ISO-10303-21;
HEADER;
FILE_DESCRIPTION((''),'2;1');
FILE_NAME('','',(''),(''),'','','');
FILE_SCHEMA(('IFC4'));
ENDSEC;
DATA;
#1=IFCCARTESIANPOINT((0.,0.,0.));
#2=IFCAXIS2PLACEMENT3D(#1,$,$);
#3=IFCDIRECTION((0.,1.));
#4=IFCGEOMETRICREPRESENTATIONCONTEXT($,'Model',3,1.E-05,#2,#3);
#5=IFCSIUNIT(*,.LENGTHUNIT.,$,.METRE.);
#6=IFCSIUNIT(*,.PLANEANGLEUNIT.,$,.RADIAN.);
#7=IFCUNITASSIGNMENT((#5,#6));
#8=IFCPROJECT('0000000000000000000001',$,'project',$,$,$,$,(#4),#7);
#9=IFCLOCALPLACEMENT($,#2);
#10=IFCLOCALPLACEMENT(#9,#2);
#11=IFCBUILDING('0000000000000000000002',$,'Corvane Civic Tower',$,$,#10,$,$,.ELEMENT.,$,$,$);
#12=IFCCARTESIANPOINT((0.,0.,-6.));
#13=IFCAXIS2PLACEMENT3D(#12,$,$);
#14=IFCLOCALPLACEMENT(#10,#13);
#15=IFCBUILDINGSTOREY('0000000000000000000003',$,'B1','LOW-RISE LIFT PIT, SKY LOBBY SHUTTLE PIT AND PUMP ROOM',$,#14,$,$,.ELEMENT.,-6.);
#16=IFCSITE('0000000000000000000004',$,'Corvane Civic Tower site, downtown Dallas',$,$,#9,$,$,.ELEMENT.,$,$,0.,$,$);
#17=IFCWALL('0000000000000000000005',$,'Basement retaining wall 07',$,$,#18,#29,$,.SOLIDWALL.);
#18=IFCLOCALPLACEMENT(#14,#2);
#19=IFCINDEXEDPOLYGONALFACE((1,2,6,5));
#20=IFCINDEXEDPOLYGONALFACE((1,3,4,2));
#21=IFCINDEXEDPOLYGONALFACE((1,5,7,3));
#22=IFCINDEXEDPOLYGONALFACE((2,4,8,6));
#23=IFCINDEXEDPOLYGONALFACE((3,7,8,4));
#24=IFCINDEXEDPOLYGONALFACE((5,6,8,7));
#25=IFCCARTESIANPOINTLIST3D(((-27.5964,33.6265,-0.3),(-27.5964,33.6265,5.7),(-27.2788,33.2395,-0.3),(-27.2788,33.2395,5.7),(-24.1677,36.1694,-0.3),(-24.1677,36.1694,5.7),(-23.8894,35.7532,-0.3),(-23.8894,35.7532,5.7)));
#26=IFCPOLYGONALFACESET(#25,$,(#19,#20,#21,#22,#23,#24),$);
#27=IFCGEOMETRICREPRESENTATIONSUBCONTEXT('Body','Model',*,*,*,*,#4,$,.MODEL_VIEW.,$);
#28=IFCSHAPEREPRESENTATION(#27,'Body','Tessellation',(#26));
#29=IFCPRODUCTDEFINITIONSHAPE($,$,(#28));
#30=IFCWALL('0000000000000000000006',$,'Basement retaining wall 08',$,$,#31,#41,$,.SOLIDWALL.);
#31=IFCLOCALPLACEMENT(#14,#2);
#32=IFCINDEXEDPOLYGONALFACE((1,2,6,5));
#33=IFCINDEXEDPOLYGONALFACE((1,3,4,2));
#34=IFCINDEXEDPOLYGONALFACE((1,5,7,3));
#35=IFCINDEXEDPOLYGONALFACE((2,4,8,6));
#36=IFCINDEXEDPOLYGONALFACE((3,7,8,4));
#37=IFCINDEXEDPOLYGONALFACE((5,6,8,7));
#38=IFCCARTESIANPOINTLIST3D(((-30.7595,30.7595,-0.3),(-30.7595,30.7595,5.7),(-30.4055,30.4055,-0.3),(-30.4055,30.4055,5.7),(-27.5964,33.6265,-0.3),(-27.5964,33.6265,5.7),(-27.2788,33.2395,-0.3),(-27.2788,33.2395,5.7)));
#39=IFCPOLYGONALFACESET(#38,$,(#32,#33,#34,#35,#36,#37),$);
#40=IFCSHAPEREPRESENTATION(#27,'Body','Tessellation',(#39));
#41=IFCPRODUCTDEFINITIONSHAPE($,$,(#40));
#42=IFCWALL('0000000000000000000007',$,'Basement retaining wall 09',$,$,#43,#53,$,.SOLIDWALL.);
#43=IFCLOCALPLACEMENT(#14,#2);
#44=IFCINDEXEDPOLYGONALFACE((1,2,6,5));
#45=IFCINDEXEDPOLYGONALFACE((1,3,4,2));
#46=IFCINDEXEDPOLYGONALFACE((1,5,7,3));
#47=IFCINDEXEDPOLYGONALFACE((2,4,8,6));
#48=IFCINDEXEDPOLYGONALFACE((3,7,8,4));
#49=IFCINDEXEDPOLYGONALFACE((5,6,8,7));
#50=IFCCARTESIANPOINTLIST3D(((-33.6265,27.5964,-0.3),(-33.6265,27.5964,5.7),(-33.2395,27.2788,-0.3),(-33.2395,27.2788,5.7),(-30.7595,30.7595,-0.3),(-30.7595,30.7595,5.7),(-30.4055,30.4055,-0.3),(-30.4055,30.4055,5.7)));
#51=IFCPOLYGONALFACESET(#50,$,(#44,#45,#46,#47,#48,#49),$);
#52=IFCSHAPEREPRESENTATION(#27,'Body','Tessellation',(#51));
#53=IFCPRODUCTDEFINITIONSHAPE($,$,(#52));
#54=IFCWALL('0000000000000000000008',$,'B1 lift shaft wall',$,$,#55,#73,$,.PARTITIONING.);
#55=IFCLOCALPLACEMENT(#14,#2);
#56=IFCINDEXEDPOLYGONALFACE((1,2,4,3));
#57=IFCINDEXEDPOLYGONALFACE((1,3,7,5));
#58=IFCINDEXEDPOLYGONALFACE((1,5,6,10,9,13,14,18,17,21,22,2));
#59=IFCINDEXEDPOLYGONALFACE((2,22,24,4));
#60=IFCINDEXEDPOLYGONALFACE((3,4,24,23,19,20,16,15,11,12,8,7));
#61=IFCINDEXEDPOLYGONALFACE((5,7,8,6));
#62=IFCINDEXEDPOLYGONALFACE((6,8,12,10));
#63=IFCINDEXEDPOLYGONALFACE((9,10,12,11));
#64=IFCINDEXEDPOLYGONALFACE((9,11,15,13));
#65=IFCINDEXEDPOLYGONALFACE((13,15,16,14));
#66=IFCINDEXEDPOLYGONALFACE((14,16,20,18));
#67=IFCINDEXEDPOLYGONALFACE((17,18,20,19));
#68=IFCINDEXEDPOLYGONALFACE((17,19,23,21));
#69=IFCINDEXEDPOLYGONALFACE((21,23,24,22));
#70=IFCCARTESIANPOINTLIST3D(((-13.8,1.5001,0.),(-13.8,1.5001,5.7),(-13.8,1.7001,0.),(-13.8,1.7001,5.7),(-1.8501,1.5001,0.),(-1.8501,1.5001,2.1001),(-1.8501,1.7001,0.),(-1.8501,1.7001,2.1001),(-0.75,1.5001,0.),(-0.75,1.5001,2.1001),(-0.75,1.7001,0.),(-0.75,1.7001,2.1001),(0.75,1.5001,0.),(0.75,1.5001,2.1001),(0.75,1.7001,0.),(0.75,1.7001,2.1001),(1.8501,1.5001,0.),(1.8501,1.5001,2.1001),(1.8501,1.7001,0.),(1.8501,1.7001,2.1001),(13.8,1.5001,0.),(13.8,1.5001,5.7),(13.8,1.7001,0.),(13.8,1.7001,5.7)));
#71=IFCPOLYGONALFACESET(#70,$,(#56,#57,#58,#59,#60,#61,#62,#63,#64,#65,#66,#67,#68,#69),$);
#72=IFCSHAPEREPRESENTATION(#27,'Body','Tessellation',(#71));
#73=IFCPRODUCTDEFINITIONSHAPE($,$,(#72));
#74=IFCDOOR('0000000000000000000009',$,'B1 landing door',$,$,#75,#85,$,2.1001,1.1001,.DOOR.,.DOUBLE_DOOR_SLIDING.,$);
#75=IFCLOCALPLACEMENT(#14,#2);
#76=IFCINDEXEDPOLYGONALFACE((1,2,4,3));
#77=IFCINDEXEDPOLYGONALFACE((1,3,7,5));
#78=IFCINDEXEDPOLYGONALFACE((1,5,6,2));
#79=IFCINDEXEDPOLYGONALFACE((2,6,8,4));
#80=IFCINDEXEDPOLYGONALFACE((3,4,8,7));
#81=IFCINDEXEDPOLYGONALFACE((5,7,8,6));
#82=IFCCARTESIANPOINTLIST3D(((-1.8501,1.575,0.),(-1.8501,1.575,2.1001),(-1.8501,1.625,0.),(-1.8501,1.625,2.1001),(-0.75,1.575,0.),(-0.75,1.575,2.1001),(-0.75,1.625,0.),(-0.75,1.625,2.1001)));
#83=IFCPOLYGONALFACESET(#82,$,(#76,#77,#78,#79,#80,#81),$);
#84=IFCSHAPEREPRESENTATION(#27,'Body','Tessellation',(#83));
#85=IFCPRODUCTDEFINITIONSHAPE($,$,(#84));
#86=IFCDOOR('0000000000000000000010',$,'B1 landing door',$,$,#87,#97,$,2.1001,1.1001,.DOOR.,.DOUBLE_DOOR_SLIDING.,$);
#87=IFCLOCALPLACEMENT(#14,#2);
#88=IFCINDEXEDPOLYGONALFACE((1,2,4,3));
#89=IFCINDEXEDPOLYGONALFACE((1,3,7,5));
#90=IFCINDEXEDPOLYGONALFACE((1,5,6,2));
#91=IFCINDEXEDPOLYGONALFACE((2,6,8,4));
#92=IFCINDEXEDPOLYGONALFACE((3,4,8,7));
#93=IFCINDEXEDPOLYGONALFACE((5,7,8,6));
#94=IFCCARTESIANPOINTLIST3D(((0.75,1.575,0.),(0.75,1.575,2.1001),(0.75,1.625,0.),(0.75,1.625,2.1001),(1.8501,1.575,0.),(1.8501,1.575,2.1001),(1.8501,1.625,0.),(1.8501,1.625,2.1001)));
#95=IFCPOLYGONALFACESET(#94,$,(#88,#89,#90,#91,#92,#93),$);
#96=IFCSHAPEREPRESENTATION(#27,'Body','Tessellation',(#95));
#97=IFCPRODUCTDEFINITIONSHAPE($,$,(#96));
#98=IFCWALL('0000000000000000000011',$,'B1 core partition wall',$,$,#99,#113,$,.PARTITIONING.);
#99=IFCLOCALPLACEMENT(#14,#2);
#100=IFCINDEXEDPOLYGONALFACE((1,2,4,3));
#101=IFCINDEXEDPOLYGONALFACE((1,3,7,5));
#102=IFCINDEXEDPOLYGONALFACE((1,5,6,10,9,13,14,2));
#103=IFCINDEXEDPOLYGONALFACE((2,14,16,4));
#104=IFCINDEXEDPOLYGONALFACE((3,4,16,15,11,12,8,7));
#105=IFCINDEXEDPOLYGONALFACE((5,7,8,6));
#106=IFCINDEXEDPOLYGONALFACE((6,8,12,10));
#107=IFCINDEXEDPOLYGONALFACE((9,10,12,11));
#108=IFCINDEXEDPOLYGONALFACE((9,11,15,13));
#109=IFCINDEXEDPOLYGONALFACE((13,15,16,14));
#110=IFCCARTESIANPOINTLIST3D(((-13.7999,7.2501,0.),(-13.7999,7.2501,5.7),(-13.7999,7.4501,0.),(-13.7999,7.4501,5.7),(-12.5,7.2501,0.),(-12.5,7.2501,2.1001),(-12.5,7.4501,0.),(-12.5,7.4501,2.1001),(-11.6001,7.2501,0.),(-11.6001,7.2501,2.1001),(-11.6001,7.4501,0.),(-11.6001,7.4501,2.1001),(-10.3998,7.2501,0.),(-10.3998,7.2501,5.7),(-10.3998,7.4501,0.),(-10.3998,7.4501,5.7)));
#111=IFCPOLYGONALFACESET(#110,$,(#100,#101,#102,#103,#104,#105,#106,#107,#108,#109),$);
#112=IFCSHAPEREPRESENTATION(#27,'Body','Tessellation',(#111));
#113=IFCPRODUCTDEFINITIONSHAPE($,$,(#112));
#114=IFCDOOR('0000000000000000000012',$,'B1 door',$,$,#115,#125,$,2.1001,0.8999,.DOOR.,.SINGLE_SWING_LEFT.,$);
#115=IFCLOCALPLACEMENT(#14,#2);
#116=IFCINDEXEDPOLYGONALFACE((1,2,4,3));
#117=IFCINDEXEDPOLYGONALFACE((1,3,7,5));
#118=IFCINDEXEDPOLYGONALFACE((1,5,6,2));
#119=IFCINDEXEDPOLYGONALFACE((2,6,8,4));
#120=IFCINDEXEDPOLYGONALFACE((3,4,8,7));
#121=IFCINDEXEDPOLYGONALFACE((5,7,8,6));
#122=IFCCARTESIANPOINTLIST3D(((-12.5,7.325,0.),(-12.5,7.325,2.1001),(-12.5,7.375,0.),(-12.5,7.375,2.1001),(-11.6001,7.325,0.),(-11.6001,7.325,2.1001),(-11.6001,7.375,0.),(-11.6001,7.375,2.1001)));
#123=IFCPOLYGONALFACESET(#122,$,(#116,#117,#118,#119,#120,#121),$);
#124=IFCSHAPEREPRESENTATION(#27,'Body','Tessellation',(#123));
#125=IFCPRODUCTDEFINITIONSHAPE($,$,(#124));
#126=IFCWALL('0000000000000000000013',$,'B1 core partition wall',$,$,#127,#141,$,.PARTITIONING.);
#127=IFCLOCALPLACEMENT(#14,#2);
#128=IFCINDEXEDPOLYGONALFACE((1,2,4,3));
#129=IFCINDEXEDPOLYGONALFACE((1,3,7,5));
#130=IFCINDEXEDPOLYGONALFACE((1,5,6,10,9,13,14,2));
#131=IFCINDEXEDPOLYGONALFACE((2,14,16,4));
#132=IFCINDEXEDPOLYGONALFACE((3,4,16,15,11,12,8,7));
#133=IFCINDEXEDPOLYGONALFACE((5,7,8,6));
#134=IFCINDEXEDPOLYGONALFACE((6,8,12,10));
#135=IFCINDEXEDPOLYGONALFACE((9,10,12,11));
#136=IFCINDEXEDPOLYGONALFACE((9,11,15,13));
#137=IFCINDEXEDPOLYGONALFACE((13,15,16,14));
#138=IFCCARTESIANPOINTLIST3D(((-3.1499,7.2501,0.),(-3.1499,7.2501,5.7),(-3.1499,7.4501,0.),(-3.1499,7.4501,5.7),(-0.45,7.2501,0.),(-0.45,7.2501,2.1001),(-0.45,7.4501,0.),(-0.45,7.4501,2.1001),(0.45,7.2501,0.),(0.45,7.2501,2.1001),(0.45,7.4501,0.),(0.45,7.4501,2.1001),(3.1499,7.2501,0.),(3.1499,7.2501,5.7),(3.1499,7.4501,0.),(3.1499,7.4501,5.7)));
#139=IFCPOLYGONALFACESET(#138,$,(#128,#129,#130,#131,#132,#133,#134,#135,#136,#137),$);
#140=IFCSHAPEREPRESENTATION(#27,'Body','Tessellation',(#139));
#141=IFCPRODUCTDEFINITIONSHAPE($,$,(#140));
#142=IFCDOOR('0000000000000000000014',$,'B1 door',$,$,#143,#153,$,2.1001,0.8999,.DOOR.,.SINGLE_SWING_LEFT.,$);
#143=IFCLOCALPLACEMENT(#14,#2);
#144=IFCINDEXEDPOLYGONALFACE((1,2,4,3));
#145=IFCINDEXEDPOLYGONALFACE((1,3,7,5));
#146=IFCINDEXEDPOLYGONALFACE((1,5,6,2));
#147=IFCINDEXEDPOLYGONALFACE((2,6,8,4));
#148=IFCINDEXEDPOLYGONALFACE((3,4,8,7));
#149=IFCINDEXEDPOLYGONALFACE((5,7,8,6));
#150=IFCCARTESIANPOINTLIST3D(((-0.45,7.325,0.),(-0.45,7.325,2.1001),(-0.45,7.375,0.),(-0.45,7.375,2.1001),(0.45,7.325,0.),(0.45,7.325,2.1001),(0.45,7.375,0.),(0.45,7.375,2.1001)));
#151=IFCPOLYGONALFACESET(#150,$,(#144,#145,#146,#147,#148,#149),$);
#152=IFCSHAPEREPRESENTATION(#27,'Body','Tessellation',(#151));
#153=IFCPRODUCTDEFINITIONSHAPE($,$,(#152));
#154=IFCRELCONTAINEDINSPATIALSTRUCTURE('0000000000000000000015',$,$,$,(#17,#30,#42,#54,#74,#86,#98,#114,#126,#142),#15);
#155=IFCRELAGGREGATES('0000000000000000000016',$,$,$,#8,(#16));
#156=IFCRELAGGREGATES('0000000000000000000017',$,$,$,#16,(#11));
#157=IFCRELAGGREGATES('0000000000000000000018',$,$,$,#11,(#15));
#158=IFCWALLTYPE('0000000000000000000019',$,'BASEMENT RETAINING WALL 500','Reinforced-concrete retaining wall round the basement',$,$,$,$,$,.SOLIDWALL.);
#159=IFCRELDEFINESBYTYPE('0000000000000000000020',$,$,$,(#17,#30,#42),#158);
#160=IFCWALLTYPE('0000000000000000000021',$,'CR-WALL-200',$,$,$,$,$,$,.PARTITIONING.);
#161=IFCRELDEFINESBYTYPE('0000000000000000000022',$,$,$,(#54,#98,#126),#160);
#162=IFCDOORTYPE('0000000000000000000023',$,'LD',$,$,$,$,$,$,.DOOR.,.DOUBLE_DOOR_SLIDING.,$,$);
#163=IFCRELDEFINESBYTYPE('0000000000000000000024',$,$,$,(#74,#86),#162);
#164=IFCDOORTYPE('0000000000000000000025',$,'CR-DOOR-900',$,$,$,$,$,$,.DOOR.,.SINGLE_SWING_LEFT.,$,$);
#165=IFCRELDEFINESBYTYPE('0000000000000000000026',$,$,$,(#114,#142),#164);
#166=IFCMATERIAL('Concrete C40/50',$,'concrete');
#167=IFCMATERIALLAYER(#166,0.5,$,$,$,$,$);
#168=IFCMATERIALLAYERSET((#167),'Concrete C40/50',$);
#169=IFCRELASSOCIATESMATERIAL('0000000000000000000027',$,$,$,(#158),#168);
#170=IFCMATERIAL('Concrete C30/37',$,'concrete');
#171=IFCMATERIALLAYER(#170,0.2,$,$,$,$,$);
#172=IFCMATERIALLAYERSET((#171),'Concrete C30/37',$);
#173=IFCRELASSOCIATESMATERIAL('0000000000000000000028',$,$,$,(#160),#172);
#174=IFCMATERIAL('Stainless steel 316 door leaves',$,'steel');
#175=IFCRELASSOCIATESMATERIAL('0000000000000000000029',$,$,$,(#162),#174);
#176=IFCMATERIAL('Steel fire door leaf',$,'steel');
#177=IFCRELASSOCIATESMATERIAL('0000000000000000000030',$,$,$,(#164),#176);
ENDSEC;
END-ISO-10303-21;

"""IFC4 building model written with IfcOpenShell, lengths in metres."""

from ifc_helpers import new_model, si_unit, direction, frame, frame_2d, origin, place, context, subcontext, project, spatial, polyline, rectangle, outline, extrude, material, layer, layer_set, type_object, element, fill, save


model = new_model("IFC4")

# Units and contexts
model_context = context("Model", 3, precision=1e-05, world=origin(), true_north=direction((0.0, 1.0)))
body_context = subcontext(model_context, "Body", "Model", "MODEL_VIEW")
ifc_project = project(units=[si_unit("LENGTHUNIT", "METRE"), si_unit("PLANEANGLEUNIT", "RADIAN")], contexts=[model_context])

# Site, building, storey
site_placement = place(None, origin())
site = spatial("IfcSite", under=ifc_project, at=site_placement, Name="Corvane Civic Tower site, downtown Dallas", CompositionType="ELEMENT", RefElevation=0.0)
building_placement = place(site_placement, origin())
building = spatial("IfcBuilding", under=site, at=building_placement, Name="Corvane Civic Tower", CompositionType="ELEMENT")
storey_placement = place(building_placement, frame((0.0, 0.0, -6.0)))
storey = spatial("IfcBuildingStorey", under=building, at=storey_placement, Name="B1", Description="LOW-RISE LIFT PIT, SKY LOBBY SHUTTLE PIT AND PUMP ROOM", CompositionType="ELEMENT", Elevation=-6.0)

# Walls
ifc_material_1 = material(Name="Concrete C40/50", Category="concrete")
ifc_layer_1 = layer(ifc_material_1, 0.5)
ifc_layer_set_1 = layer_set([ifc_layer_1], Name="Concrete C40/50")
wall_type_1 = type_object("IfcWallType", Name="BASEMENT RETAINING WALL 500", Description="Reinforced-concrete retaining wall round the basement", PredefinedType="SOLIDWALL", material=ifc_layer_set_1)
wall_1_placement = place(storey_placement, frame((0.0, 0.0, -0.3)))
element("IfcWall", 1, at=wall_1_placement, inside=storey, type_object=wall_type_1, Name="Basement retaining wall 07", PredefinedType="SOLIDWALL", context=body_context, shape_type="SweptSolid", body=[
    extrude(outline(polyline([(-23.8894, 35.7532), (-27.2788, 33.2395), (-27.5964, 33.6265), (-24.1677, 36.1694), (-23.8894, 35.7532)])), origin(), (0.0, 0.0, 1.0), 6.0),
])
wall_2_placement = place(storey_placement, frame((0.0, 0.0, -0.3)))
element("IfcWall", 2, at=wall_2_placement, inside=storey, type_object=wall_type_1, Name="Basement retaining wall 08", PredefinedType="SOLIDWALL", context=body_context, shape_type="SweptSolid", body=[
    extrude(outline(polyline([(-27.2788, 33.2395), (-30.4055, 30.4055), (-30.7595, 30.7595), (-27.5964, 33.6265), (-27.2788, 33.2395)])), origin(), (0.0, 0.0, 1.0), 6.0),
])
wall_3_placement = place(storey_placement, frame((0.0, 0.0, -0.3)))
element("IfcWall", 3, at=wall_3_placement, inside=storey, type_object=wall_type_1, Name="Basement retaining wall 09", PredefinedType="SOLIDWALL", context=body_context, shape_type="SweptSolid", body=[
    extrude(outline(polyline([(-30.4055, 30.4055), (-33.2395, 27.2788), (-33.6265, 27.5964), (-30.7595, 30.7595), (-30.4055, 30.4055)])), origin(), (0.0, 0.0, 1.0), 6.0),
])

# Wall, openings, doors
ifc_material_2 = material(Name="Concrete C30/37", Category="concrete")
ifc_layer_2 = layer(ifc_material_2, 0.2)
ifc_layer_set_2 = layer_set([ifc_layer_2], Name="Concrete C30/37")
wall_type_2 = type_object("IfcWallType", Name="CR-WALL-200", PredefinedType="PARTITIONING", material=ifc_layer_set_2)
wall_4_placement = place(storey_placement, frame((-13.8, 1.6001, 0.0), z_axis=(0.0, 0.0, 1.0), x_axis=(1.0, 0.0, 0.0)))
wall_4 = element("IfcWall", 4, at=wall_4_placement, inside=storey, type_object=wall_type_2, Name="B1 lift shaft wall", PredefinedType="PARTITIONING", context=body_context, shape_type="SweptSolid", body=[
    extrude(rectangle(XDim=27.6001, YDim=0.2, at=frame_2d((13.8, 0.0))), origin(), (0.0, 0.0, 1.0), 5.7),
])
opening_1_placement = place(wall_4_placement, frame((11.95, 0.0, 0.0)))
opening_1 = element("IfcOpeningElement", 5, at=opening_1_placement, cuts=wall_4, PredefinedType="OPENING", context=body_context, shape_type="SweptSolid", body=[
    extrude(rectangle(XDim=1.1001, YDim=2.1001, at=frame_2d((0.55, 1.05))), frame((0.0, 0.1099, 0.0), z_axis=(0.0, -1.0, 0.0), x_axis=(1.0, 0.0, 0.0)), (0.0, 0.0, 1.0), 0.22),
])
opening_2_placement = place(wall_4_placement, frame((14.55, 0.0, 0.0)))
opening_2 = element("IfcOpeningElement", 6, at=opening_2_placement, cuts=wall_4, PredefinedType="OPENING", context=body_context, shape_type="SweptSolid", body=[
    extrude(rectangle(XDim=1.1001, YDim=2.1001, at=frame_2d((0.55, 1.05))), frame((0.0, 0.1099, 0.0), z_axis=(0.0, -1.0, 0.0), x_axis=(1.0, 0.0, 0.0)), (0.0, 0.0, 1.0), 0.22),
])
ifc_material_3 = material(Name="Stainless steel 316 door leaves", Category="steel")
door_type_1 = type_object("IfcDoorType", Name="LD", OperationType="DOUBLE_DOOR_SLIDING", PredefinedType="DOOR", material=ifc_material_3)
door_1_placement = place(opening_1_placement, origin())
door_1 = element("IfcDoor", 7, at=door_1_placement, inside=storey, type_object=door_type_1, Name="B1 landing door", OperationType="DOUBLE_DOOR_SLIDING", OverallHeight=2.1001, OverallWidth=1.1001, PredefinedType="DOOR", context=body_context, shape_type="SweptSolid", body=[
    extrude(rectangle(XDim=1.1001, YDim=2.1001, at=frame_2d((0.55, 1.05))), frame((0.0, 0.0249, 0.0), z_axis=(0.0, -1.0, 0.0), x_axis=(1.0, 0.0, 0.0)), (0.0, 0.0, 1.0), 0.05),
])
fill(opening_1, door_1)
door_2_placement = place(opening_2_placement, origin())
door_2 = element("IfcDoor", 8, at=door_2_placement, inside=storey, type_object=door_type_1, Name="B1 landing door", OperationType="DOUBLE_DOOR_SLIDING", OverallHeight=2.1001, OverallWidth=1.1001, PredefinedType="DOOR", context=body_context, shape_type="SweptSolid", body=[
    extrude(rectangle(XDim=1.1001, YDim=2.1001, at=frame_2d((0.55, 1.05))), frame((0.0, 0.0249, 0.0), z_axis=(0.0, -1.0, 0.0), x_axis=(1.0, 0.0, 0.0)), (0.0, 0.0, 1.0), 0.05),
])
fill(opening_2, door_2)

# Walls, openings, doors
wall_5_placement = place(storey_placement, frame((-13.8, 7.3501, 0.0), z_axis=(0.0, 0.0, 1.0), x_axis=(1.0, 0.0, 0.0)))
wall_5 = element("IfcWall", 9, at=wall_5_placement, inside=storey, type_object=wall_type_2, Name="B1 core partition wall", PredefinedType="PARTITIONING", context=body_context, shape_type="SweptSolid", body=[
    extrude(rectangle(XDim=3.4001, YDim=0.2, at=frame_2d((1.7002, 0.0))), origin(), (0.0, 0.0, 1.0), 5.7),
])
opening_3_placement = place(wall_5_placement, frame((1.3, 0.0, 0.0)))
opening_3 = element("IfcOpeningElement", 10, at=opening_3_placement, cuts=wall_5, PredefinedType="OPENING", context=body_context, shape_type="SweptSolid", body=[
    extrude(rectangle(XDim=0.8999, YDim=2.1001, at=frame_2d((0.45, 1.05))), frame((0.0, 0.1099, 0.0), z_axis=(0.0, -1.0, 0.0), x_axis=(1.0, 0.0, 0.0)), (0.0, 0.0, 1.0), 0.22),
])
ifc_material_4 = material(Name="Steel fire door leaf", Category="steel")
door_type_2 = type_object("IfcDoorType", Name="CR-DOOR-900", OperationType="SINGLE_SWING_LEFT", PredefinedType="DOOR", material=ifc_material_4)
door_3_placement = place(opening_3_placement, origin())
door_3 = element("IfcDoor", 11, at=door_3_placement, inside=storey, type_object=door_type_2, Name="B1 door", OperationType="SINGLE_SWING_LEFT", OverallHeight=2.1001, OverallWidth=0.8999, PredefinedType="DOOR", context=body_context, shape_type="SweptSolid", body=[
    extrude(rectangle(XDim=0.8999, YDim=2.1001, at=frame_2d((0.45, 1.05))), frame((0.0, 0.0249, 0.0), z_axis=(0.0, -1.0, 0.0), x_axis=(1.0, 0.0, 0.0)), (0.0, 0.0, 1.0), 0.05),
])
fill(opening_3, door_3)
wall_6_placement = place(storey_placement, frame((-3.1499, 7.3501, 0.0), z_axis=(0.0, 0.0, 1.0), x_axis=(1.0, 0.0, 0.0)))
wall_6 = element("IfcWall", 12, at=wall_6_placement, inside=storey, type_object=wall_type_2, Name="B1 core partition wall", PredefinedType="PARTITIONING", context=body_context, shape_type="SweptSolid", body=[
    extrude(rectangle(XDim=6.2998, YDim=0.2, at=frame_2d((3.1499, 0.0))), origin(), (0.0, 0.0, 1.0), 5.7),
])
opening_4_placement = place(wall_6_placement, frame((2.7, 0.0, 0.0)))
opening_4 = element("IfcOpeningElement", 13, at=opening_4_placement, cuts=wall_6, PredefinedType="OPENING", context=body_context, shape_type="SweptSolid", body=[
    extrude(rectangle(XDim=0.8999, YDim=2.1001, at=frame_2d((0.45, 1.05))), frame((0.0, 0.1099, 0.0), z_axis=(0.0, -1.0, 0.0), x_axis=(1.0, 0.0, 0.0)), (0.0, 0.0, 1.0), 0.22),
])
door_4_placement = place(opening_4_placement, origin())
door_4 = element("IfcDoor", 14, at=door_4_placement, inside=storey, type_object=door_type_2, Name="B1 door", OperationType="SINGLE_SWING_LEFT", OverallHeight=2.1001, OverallWidth=0.8999, PredefinedType="DOOR", context=body_context, shape_type="SweptSolid", body=[
    extrude(rectangle(XDim=0.8999, YDim=2.1001, at=frame_2d((0.45, 1.05))), frame((0.0, 0.0249, 0.0), z_axis=(0.0, -1.0, 0.0), x_axis=(1.0, 0.0, 0.0)), (0.0, 0.0, 1.0), 0.05),
])
fill(opening_4, door_4)

save(model, "model.ifc")
